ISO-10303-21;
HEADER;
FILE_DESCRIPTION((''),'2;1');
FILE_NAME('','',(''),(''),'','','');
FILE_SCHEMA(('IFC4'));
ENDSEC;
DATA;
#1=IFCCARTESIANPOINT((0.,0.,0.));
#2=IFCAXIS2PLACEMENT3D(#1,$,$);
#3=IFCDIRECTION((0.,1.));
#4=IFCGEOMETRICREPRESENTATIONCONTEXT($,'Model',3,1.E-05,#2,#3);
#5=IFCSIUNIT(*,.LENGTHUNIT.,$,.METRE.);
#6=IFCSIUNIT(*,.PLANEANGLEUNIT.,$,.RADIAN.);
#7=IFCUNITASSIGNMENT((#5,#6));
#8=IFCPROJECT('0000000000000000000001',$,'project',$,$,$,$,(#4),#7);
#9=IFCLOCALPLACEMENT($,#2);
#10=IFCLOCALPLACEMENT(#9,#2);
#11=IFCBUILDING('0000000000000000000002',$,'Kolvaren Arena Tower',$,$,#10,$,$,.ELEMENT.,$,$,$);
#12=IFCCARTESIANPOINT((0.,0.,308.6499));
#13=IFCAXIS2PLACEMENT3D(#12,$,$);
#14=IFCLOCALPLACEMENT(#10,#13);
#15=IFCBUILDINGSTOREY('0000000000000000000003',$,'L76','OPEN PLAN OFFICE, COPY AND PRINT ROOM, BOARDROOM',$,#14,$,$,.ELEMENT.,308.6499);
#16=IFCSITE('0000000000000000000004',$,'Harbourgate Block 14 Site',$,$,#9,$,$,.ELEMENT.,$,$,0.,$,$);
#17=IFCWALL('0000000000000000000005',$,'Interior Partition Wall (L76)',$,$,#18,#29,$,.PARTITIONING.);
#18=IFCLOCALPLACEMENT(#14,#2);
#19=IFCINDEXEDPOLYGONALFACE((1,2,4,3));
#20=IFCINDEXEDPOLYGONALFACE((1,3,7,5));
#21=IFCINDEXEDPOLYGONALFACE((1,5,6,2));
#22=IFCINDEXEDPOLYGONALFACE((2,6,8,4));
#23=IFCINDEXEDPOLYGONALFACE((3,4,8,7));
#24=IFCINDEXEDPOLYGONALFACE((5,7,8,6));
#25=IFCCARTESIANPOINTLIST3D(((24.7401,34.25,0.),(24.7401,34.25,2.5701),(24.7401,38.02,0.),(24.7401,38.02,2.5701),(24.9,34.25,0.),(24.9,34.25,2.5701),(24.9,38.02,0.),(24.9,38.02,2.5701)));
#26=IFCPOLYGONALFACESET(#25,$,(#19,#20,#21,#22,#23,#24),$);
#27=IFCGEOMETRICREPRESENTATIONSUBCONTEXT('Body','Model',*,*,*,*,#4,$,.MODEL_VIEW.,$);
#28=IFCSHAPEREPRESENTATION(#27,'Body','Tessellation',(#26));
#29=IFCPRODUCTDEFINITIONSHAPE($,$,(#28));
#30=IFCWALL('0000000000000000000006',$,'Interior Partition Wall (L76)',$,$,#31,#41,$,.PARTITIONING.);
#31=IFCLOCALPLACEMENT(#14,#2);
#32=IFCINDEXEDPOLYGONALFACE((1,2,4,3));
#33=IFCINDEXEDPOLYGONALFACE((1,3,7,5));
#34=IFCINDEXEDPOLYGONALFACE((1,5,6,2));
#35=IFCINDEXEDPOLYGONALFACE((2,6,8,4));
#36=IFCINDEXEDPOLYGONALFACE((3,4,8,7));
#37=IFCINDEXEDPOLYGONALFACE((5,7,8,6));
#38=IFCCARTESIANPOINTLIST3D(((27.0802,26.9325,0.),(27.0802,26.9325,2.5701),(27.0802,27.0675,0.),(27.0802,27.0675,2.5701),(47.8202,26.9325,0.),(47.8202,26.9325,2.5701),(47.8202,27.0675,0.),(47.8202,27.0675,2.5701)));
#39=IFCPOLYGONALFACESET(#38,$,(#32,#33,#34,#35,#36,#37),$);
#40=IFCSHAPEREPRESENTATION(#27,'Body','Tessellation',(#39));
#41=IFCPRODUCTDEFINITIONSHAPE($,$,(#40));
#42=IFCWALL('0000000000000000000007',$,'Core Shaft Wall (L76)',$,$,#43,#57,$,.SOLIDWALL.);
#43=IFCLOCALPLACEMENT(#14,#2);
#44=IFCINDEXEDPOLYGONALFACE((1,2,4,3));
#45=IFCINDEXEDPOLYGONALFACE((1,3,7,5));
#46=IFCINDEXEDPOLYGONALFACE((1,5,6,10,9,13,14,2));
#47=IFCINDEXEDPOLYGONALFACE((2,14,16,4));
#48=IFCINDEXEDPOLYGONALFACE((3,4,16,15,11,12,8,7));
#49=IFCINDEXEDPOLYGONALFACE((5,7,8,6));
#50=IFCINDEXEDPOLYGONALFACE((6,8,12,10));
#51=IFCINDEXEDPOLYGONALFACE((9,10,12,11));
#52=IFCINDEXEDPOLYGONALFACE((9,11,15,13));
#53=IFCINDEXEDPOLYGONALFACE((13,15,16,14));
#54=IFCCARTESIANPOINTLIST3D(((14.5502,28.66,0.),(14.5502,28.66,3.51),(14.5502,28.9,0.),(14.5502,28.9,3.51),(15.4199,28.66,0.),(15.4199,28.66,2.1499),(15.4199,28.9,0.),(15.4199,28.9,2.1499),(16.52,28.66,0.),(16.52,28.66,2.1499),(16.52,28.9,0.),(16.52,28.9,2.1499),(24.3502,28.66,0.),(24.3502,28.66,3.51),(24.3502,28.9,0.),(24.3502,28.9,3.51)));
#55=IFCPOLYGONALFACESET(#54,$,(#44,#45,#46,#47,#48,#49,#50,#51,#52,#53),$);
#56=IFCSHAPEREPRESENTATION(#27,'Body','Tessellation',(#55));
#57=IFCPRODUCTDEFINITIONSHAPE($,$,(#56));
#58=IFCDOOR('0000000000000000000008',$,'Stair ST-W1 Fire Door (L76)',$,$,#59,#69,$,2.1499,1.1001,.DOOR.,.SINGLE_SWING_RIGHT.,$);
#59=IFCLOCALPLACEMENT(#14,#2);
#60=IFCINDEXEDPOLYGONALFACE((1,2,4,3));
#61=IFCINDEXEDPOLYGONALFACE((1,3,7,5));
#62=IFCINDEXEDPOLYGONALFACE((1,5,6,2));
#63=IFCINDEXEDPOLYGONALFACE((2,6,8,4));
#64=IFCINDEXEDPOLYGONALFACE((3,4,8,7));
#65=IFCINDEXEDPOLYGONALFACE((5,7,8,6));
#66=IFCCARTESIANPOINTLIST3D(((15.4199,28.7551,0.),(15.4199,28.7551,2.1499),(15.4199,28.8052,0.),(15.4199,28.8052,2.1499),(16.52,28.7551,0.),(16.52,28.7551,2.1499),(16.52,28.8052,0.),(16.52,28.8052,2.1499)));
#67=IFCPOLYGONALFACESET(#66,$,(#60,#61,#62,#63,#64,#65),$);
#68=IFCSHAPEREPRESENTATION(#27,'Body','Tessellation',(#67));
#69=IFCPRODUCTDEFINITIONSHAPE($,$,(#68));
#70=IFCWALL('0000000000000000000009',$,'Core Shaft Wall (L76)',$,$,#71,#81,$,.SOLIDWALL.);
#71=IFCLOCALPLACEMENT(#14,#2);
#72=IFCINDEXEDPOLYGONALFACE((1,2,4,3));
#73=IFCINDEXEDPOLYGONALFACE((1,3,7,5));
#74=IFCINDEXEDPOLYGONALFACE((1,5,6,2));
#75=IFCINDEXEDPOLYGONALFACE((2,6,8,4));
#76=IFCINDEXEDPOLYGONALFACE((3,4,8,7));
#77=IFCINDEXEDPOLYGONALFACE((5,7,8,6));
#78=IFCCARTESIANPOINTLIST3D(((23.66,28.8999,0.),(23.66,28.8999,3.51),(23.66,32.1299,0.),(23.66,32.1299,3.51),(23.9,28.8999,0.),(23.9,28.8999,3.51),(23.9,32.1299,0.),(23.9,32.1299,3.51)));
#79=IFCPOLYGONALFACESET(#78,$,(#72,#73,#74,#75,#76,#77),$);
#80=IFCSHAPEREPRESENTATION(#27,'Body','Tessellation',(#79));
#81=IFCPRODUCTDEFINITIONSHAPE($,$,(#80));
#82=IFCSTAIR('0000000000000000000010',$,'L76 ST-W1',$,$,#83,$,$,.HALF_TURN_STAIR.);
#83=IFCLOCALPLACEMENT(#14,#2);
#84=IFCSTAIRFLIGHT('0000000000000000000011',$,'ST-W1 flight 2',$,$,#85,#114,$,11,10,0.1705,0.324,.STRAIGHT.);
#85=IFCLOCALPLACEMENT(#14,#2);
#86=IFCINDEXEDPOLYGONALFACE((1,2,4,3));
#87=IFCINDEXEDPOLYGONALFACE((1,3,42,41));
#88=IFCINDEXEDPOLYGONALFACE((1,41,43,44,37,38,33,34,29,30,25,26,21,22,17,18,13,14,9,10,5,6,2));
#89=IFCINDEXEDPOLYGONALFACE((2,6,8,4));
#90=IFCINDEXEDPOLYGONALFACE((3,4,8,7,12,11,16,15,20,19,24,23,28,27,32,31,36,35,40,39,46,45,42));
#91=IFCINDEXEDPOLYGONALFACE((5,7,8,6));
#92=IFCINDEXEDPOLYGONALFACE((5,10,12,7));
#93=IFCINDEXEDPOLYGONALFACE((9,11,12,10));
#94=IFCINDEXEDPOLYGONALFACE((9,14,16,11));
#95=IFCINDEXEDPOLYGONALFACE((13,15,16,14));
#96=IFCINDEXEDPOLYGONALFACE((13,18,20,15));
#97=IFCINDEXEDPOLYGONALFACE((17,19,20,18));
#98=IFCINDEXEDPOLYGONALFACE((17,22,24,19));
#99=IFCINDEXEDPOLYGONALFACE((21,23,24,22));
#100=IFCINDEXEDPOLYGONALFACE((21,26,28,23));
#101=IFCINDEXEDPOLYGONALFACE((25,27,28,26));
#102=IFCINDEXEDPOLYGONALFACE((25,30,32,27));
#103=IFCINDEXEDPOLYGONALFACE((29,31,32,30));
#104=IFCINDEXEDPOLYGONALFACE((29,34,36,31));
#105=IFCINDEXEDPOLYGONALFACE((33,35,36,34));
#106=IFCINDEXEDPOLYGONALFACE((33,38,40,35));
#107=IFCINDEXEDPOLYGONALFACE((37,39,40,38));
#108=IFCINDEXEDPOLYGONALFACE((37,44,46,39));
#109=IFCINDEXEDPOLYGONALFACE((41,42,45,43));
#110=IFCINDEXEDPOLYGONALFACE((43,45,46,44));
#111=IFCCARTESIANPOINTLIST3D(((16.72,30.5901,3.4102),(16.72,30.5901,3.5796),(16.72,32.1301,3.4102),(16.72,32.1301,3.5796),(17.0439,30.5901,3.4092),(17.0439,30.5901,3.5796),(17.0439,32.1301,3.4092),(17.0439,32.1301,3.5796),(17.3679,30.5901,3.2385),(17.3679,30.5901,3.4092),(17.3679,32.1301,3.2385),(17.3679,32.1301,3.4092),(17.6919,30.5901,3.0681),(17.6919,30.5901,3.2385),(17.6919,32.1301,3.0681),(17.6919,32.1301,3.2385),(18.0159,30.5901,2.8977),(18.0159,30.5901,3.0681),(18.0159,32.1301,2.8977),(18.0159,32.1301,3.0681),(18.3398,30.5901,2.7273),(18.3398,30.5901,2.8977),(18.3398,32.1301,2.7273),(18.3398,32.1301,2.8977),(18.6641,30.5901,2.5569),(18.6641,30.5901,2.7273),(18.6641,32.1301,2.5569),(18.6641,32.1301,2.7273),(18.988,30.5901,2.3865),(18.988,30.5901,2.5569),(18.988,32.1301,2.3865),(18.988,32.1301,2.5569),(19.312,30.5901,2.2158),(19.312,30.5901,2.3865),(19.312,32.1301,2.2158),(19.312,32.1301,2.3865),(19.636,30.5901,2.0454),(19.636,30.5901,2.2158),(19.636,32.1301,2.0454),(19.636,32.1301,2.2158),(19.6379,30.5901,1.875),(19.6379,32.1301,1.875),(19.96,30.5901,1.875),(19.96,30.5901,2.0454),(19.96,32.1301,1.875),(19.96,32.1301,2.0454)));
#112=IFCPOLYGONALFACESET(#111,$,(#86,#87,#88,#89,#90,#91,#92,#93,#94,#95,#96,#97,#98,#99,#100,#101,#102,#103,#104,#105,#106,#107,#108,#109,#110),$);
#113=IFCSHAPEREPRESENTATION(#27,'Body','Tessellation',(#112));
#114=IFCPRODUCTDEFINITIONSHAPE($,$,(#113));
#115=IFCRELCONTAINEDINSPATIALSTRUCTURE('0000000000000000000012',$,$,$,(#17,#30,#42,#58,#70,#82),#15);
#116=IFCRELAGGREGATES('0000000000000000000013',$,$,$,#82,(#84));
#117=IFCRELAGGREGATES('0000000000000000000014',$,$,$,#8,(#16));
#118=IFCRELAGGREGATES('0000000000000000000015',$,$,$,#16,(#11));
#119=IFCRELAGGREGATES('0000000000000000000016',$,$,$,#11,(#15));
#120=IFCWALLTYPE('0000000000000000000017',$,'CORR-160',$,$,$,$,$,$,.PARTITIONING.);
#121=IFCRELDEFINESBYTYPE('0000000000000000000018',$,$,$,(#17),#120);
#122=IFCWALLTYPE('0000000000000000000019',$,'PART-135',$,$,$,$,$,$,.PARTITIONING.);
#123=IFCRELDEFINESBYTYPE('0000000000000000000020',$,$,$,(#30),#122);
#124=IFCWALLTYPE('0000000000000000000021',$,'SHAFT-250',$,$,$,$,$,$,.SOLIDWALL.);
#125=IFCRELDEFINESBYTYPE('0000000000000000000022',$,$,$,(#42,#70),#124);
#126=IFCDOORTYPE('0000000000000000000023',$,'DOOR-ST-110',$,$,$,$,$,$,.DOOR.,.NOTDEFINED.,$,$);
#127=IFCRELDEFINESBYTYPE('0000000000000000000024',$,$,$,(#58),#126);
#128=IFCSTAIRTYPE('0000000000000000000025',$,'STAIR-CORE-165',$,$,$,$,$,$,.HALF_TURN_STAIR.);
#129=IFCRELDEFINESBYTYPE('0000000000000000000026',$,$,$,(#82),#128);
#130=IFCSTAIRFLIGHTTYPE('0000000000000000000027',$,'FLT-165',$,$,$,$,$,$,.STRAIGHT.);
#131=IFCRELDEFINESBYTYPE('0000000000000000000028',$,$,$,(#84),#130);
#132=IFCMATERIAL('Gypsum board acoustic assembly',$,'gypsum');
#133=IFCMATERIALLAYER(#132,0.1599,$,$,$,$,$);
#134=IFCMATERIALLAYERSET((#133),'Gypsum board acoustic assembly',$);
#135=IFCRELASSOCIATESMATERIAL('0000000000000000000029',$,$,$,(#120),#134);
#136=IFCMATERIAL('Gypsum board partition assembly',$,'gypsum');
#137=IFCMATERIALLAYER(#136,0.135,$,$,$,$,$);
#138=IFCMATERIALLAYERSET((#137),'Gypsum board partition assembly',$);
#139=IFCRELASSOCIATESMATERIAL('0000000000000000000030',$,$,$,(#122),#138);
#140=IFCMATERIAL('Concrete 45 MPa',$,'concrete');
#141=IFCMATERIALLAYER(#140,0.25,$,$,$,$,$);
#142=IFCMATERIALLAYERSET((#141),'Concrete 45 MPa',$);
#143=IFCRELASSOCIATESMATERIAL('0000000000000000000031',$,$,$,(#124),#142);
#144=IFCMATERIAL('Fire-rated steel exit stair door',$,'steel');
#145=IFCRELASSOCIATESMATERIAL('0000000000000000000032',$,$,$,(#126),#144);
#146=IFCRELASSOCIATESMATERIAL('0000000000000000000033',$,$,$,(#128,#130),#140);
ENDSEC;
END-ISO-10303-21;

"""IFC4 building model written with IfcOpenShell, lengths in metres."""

from ifc_helpers import new_model, si_unit, direction, frame, frame_2d, origin, place, context, subcontext, project, spatial, polyline, rectangle, outline, extrude, material, layer, layer_set, type_object, element, fill, aggregate, save


model = new_model("IFC4")

# Units and contexts
model_context = context("Model", 3, precision=1e-05, world=origin(), true_north=direction((0.0, 1.0)))
body_context = subcontext(model_context, "Body", "Model", "MODEL_VIEW")
ifc_project = project(units=[si_unit("LENGTHUNIT", "METRE"), si_unit("PLANEANGLEUNIT", "RADIAN")], contexts=[model_context])

# Site, building, storey
site_placement = place(None, origin())
site = spatial("IfcSite", under=ifc_project, at=site_placement, Name="Harbourgate Block 14 Site", CompositionType="ELEMENT", RefElevation=0.0)
building_placement = place(site_placement, origin())
building = spatial("IfcBuilding", under=site, at=building_placement, Name="Kolvaren Arena Tower", CompositionType="ELEMENT")
storey_placement = place(building_placement, frame((0.0, 0.0, 308.6499)))
storey = spatial("IfcBuildingStorey", under=building, at=storey_placement, Name="L76", Description="OPEN PLAN OFFICE, COPY AND PRINT ROOM, BOARDROOM", CompositionType="ELEMENT", Elevation=308.6499)

# Walls
ifc_material_1 = material(Name="Gypsum board acoustic assembly", Category="gypsum")
ifc_layer_1 = layer(ifc_material_1, 0.1599)
ifc_layer_set_1 = layer_set([ifc_layer_1], Name="Gypsum board acoustic assembly")
wall_type_1 = type_object("IfcWallType", Name="CORR-160", PredefinedType="PARTITIONING", material=ifc_layer_set_1)
wall_1_placement = place(storey_placement, frame((24.8201, 34.25, 0.0), z_axis=(0.0, 0.0, 1.0), x_axis=(0.0, 1.0, 0.0)))
element("IfcWall", 1, at=wall_1_placement, inside=storey, type_object=wall_type_1, Name="Interior Partition Wall (L76)", PredefinedType="PARTITIONING", context=body_context, shape_type="SweptSolid", body=[
    extrude(rectangle(XDim=3.77, YDim=0.1599, at=frame_2d((1.885, 0.0))), origin(), (0.0, 0.0, 1.0), 2.5701),
])
ifc_material_2 = material(Name="Gypsum board partition assembly", Category="gypsum")
ifc_layer_2 = layer(ifc_material_2, 0.135)
ifc_layer_set_2 = layer_set([ifc_layer_2], Name="Gypsum board partition assembly")
wall_type_2 = type_object("IfcWallType", Name="PART-135", PredefinedType="PARTITIONING", material=ifc_layer_set_2)
wall_2_placement = place(storey_placement, frame((27.0801, 27.0, 0.0), z_axis=(0.0, 0.0, 1.0), x_axis=(1.0, 0.0, 0.0)))
element("IfcWall", 2, at=wall_2_placement, inside=storey, type_object=wall_type_2, Name="Interior Partition Wall (L76)", PredefinedType="PARTITIONING", context=body_context, shape_type="SweptSolid", body=[
    extrude(rectangle(XDim=20.74, YDim=0.135, at=frame_2d((10.3701, 0.0))), origin(), (0.0, 0.0, 1.0), 2.5701),
])

# Wall, opening, door
ifc_material_3 = material(Name="Concrete 45 MPa", Category="concrete")
ifc_layer_3 = layer(ifc_material_3, 0.25)
ifc_layer_set_3 = layer_set([ifc_layer_3], Name="Concrete 45 MPa")
wall_type_3 = type_object("IfcWallType", Name="SHAFT-250", PredefinedType="SOLIDWALL", material=ifc_layer_set_3)
wall_3_placement = place(storey_placement, frame((24.3501, 28.78, 0.0), z_axis=(0.0, 0.0, 1.0), x_axis=(-1.0, 0.0, 0.0)))
wall_3 = element("IfcWall", 3, at=wall_3_placement, inside=storey, type_object=wall_type_3, Name="Core Shaft Wall (L76)", PredefinedType="SOLIDWALL", context=body_context, shape_type="SweptSolid", body=[
    extrude(rectangle(XDim=9.8, YDim=0.24, at=frame_2d((4.8999, 0.0))), origin(), (0.0, 0.0, 1.0), 3.51),
])
opening_placement = place(wall_3_placement, frame((7.8301, 0.0, 0.0)))
opening = element("IfcOpeningElement", 4, at=opening_placement, cuts=wall_3, PredefinedType="OPENING", context=body_context, shape_type="SweptSolid", body=[
    extrude(rectangle(XDim=1.1001, YDim=2.1499, at=frame_2d((0.55, 1.075))), frame((0.0, 0.1299, 0.0), z_axis=(0.0, -1.0, 0.0), x_axis=(1.0, 0.0, 0.0)), (0.0, 0.0, 1.0), 0.26),
])
ifc_material_4 = material(Name="Fire-rated steel exit stair door", Category="steel")
door_type = type_object("IfcDoorType", Name="DOOR-ST-110", OperationType="NOTDEFINED", PredefinedType="DOOR", material=ifc_material_4)
door_placement = place(opening_placement, origin())
door = element("IfcDoor", 5, at=door_placement, inside=storey, type_object=door_type, Name="Stair ST-W1 Fire Door (L76)", OperationType="SINGLE_SWING_RIGHT", OverallHeight=2.1499, OverallWidth=1.1001, PredefinedType="DOOR", context=body_context, shape_type="SweptSolid", body=[
    extrude(rectangle(XDim=1.1001, YDim=2.1499, at=frame_2d((0.55, 1.075))), frame((0.0, 0.0249, 0.0), z_axis=(0.0, -1.0, 0.0), x_axis=(1.0, 0.0, 0.0)), (0.0, 0.0, 1.0), 0.05),
])
fill(opening, door)

# Wall
wall_4_placement = place(storey_placement, frame((23.78, 28.8999, 0.0), z_axis=(0.0, 0.0, 1.0), x_axis=(0.0, 1.0, 0.0)))
element("IfcWall", 6, at=wall_4_placement, inside=storey, type_object=wall_type_3, Name="Core Shaft Wall (L76)", PredefinedType="SOLIDWALL", context=body_context, shape_type="SweptSolid", body=[
    extrude(rectangle(XDim=3.23, YDim=0.24, at=frame_2d((1.615, 0.0))), origin(), (0.0, 0.0, 1.0), 3.51),
])

# Stair, stair flight
stair_type = type_object("IfcStairType", Name="STAIR-CORE-165", PredefinedType="HALF_TURN_STAIR", material=ifc_material_3)
stair_placement = place(storey_placement, origin())
stair = element("IfcStair", 7, at=stair_placement, inside=storey, type_object=stair_type, Name="L76 ST-W1", PredefinedType="HALF_TURN_STAIR")
stair_flight_type = type_object("IfcStairFlightType", Name="FLT-165", PredefinedType="STRAIGHT", material=ifc_material_3)
stair_flight_placement = place(storey_placement, frame((19.96, 31.3601, 1.875), z_axis=(0.0, 0.0, 1.0), x_axis=(-1.0, 0.0, 0.0)))
stair_flight = element("IfcStairFlight", 8, at=stair_flight_placement, type_object=stair_flight_type, Name="ST-W1 flight 2", NumberOfRisers=11, NumberOfTreads=10, PredefinedType="STRAIGHT", RiserHeight=0.1705, TreadLength=0.324, context=body_context, shape_type="SweptSolid", body=[
    extrude(outline(polyline([(0.0, 0.0), (0.0, 0.1704), (0.324, 0.1704), (0.324, 0.3408), (0.6479, 0.3408), (0.6479, 0.5115), (0.9719, 0.5115), (0.9719, 0.6819), (1.2959, 0.6819), (1.2959, 0.8523), (1.6201, 0.8523), (1.6201, 1.0227), (1.9441, 1.0227), (1.9441, 1.1931), (2.2681, 1.1931), (2.2681, 1.3635), (2.592, 1.3635), (2.592, 1.5342), (2.916, 1.5342), (2.916, 1.7046), (3.24, 1.7046), (3.24, 1.875), (3.24, 1.5352), (0.322, 0.0), (0.0, 0.0)])), frame((0.0, 0.77, 0.0), z_axis=(0.0, -1.0, 0.0), x_axis=(1.0, 0.0, 0.0)), (0.0, 0.0, 1.0), 1.54),
])
aggregate(stair, [stair_flight])

save(model, "model.ifc")
